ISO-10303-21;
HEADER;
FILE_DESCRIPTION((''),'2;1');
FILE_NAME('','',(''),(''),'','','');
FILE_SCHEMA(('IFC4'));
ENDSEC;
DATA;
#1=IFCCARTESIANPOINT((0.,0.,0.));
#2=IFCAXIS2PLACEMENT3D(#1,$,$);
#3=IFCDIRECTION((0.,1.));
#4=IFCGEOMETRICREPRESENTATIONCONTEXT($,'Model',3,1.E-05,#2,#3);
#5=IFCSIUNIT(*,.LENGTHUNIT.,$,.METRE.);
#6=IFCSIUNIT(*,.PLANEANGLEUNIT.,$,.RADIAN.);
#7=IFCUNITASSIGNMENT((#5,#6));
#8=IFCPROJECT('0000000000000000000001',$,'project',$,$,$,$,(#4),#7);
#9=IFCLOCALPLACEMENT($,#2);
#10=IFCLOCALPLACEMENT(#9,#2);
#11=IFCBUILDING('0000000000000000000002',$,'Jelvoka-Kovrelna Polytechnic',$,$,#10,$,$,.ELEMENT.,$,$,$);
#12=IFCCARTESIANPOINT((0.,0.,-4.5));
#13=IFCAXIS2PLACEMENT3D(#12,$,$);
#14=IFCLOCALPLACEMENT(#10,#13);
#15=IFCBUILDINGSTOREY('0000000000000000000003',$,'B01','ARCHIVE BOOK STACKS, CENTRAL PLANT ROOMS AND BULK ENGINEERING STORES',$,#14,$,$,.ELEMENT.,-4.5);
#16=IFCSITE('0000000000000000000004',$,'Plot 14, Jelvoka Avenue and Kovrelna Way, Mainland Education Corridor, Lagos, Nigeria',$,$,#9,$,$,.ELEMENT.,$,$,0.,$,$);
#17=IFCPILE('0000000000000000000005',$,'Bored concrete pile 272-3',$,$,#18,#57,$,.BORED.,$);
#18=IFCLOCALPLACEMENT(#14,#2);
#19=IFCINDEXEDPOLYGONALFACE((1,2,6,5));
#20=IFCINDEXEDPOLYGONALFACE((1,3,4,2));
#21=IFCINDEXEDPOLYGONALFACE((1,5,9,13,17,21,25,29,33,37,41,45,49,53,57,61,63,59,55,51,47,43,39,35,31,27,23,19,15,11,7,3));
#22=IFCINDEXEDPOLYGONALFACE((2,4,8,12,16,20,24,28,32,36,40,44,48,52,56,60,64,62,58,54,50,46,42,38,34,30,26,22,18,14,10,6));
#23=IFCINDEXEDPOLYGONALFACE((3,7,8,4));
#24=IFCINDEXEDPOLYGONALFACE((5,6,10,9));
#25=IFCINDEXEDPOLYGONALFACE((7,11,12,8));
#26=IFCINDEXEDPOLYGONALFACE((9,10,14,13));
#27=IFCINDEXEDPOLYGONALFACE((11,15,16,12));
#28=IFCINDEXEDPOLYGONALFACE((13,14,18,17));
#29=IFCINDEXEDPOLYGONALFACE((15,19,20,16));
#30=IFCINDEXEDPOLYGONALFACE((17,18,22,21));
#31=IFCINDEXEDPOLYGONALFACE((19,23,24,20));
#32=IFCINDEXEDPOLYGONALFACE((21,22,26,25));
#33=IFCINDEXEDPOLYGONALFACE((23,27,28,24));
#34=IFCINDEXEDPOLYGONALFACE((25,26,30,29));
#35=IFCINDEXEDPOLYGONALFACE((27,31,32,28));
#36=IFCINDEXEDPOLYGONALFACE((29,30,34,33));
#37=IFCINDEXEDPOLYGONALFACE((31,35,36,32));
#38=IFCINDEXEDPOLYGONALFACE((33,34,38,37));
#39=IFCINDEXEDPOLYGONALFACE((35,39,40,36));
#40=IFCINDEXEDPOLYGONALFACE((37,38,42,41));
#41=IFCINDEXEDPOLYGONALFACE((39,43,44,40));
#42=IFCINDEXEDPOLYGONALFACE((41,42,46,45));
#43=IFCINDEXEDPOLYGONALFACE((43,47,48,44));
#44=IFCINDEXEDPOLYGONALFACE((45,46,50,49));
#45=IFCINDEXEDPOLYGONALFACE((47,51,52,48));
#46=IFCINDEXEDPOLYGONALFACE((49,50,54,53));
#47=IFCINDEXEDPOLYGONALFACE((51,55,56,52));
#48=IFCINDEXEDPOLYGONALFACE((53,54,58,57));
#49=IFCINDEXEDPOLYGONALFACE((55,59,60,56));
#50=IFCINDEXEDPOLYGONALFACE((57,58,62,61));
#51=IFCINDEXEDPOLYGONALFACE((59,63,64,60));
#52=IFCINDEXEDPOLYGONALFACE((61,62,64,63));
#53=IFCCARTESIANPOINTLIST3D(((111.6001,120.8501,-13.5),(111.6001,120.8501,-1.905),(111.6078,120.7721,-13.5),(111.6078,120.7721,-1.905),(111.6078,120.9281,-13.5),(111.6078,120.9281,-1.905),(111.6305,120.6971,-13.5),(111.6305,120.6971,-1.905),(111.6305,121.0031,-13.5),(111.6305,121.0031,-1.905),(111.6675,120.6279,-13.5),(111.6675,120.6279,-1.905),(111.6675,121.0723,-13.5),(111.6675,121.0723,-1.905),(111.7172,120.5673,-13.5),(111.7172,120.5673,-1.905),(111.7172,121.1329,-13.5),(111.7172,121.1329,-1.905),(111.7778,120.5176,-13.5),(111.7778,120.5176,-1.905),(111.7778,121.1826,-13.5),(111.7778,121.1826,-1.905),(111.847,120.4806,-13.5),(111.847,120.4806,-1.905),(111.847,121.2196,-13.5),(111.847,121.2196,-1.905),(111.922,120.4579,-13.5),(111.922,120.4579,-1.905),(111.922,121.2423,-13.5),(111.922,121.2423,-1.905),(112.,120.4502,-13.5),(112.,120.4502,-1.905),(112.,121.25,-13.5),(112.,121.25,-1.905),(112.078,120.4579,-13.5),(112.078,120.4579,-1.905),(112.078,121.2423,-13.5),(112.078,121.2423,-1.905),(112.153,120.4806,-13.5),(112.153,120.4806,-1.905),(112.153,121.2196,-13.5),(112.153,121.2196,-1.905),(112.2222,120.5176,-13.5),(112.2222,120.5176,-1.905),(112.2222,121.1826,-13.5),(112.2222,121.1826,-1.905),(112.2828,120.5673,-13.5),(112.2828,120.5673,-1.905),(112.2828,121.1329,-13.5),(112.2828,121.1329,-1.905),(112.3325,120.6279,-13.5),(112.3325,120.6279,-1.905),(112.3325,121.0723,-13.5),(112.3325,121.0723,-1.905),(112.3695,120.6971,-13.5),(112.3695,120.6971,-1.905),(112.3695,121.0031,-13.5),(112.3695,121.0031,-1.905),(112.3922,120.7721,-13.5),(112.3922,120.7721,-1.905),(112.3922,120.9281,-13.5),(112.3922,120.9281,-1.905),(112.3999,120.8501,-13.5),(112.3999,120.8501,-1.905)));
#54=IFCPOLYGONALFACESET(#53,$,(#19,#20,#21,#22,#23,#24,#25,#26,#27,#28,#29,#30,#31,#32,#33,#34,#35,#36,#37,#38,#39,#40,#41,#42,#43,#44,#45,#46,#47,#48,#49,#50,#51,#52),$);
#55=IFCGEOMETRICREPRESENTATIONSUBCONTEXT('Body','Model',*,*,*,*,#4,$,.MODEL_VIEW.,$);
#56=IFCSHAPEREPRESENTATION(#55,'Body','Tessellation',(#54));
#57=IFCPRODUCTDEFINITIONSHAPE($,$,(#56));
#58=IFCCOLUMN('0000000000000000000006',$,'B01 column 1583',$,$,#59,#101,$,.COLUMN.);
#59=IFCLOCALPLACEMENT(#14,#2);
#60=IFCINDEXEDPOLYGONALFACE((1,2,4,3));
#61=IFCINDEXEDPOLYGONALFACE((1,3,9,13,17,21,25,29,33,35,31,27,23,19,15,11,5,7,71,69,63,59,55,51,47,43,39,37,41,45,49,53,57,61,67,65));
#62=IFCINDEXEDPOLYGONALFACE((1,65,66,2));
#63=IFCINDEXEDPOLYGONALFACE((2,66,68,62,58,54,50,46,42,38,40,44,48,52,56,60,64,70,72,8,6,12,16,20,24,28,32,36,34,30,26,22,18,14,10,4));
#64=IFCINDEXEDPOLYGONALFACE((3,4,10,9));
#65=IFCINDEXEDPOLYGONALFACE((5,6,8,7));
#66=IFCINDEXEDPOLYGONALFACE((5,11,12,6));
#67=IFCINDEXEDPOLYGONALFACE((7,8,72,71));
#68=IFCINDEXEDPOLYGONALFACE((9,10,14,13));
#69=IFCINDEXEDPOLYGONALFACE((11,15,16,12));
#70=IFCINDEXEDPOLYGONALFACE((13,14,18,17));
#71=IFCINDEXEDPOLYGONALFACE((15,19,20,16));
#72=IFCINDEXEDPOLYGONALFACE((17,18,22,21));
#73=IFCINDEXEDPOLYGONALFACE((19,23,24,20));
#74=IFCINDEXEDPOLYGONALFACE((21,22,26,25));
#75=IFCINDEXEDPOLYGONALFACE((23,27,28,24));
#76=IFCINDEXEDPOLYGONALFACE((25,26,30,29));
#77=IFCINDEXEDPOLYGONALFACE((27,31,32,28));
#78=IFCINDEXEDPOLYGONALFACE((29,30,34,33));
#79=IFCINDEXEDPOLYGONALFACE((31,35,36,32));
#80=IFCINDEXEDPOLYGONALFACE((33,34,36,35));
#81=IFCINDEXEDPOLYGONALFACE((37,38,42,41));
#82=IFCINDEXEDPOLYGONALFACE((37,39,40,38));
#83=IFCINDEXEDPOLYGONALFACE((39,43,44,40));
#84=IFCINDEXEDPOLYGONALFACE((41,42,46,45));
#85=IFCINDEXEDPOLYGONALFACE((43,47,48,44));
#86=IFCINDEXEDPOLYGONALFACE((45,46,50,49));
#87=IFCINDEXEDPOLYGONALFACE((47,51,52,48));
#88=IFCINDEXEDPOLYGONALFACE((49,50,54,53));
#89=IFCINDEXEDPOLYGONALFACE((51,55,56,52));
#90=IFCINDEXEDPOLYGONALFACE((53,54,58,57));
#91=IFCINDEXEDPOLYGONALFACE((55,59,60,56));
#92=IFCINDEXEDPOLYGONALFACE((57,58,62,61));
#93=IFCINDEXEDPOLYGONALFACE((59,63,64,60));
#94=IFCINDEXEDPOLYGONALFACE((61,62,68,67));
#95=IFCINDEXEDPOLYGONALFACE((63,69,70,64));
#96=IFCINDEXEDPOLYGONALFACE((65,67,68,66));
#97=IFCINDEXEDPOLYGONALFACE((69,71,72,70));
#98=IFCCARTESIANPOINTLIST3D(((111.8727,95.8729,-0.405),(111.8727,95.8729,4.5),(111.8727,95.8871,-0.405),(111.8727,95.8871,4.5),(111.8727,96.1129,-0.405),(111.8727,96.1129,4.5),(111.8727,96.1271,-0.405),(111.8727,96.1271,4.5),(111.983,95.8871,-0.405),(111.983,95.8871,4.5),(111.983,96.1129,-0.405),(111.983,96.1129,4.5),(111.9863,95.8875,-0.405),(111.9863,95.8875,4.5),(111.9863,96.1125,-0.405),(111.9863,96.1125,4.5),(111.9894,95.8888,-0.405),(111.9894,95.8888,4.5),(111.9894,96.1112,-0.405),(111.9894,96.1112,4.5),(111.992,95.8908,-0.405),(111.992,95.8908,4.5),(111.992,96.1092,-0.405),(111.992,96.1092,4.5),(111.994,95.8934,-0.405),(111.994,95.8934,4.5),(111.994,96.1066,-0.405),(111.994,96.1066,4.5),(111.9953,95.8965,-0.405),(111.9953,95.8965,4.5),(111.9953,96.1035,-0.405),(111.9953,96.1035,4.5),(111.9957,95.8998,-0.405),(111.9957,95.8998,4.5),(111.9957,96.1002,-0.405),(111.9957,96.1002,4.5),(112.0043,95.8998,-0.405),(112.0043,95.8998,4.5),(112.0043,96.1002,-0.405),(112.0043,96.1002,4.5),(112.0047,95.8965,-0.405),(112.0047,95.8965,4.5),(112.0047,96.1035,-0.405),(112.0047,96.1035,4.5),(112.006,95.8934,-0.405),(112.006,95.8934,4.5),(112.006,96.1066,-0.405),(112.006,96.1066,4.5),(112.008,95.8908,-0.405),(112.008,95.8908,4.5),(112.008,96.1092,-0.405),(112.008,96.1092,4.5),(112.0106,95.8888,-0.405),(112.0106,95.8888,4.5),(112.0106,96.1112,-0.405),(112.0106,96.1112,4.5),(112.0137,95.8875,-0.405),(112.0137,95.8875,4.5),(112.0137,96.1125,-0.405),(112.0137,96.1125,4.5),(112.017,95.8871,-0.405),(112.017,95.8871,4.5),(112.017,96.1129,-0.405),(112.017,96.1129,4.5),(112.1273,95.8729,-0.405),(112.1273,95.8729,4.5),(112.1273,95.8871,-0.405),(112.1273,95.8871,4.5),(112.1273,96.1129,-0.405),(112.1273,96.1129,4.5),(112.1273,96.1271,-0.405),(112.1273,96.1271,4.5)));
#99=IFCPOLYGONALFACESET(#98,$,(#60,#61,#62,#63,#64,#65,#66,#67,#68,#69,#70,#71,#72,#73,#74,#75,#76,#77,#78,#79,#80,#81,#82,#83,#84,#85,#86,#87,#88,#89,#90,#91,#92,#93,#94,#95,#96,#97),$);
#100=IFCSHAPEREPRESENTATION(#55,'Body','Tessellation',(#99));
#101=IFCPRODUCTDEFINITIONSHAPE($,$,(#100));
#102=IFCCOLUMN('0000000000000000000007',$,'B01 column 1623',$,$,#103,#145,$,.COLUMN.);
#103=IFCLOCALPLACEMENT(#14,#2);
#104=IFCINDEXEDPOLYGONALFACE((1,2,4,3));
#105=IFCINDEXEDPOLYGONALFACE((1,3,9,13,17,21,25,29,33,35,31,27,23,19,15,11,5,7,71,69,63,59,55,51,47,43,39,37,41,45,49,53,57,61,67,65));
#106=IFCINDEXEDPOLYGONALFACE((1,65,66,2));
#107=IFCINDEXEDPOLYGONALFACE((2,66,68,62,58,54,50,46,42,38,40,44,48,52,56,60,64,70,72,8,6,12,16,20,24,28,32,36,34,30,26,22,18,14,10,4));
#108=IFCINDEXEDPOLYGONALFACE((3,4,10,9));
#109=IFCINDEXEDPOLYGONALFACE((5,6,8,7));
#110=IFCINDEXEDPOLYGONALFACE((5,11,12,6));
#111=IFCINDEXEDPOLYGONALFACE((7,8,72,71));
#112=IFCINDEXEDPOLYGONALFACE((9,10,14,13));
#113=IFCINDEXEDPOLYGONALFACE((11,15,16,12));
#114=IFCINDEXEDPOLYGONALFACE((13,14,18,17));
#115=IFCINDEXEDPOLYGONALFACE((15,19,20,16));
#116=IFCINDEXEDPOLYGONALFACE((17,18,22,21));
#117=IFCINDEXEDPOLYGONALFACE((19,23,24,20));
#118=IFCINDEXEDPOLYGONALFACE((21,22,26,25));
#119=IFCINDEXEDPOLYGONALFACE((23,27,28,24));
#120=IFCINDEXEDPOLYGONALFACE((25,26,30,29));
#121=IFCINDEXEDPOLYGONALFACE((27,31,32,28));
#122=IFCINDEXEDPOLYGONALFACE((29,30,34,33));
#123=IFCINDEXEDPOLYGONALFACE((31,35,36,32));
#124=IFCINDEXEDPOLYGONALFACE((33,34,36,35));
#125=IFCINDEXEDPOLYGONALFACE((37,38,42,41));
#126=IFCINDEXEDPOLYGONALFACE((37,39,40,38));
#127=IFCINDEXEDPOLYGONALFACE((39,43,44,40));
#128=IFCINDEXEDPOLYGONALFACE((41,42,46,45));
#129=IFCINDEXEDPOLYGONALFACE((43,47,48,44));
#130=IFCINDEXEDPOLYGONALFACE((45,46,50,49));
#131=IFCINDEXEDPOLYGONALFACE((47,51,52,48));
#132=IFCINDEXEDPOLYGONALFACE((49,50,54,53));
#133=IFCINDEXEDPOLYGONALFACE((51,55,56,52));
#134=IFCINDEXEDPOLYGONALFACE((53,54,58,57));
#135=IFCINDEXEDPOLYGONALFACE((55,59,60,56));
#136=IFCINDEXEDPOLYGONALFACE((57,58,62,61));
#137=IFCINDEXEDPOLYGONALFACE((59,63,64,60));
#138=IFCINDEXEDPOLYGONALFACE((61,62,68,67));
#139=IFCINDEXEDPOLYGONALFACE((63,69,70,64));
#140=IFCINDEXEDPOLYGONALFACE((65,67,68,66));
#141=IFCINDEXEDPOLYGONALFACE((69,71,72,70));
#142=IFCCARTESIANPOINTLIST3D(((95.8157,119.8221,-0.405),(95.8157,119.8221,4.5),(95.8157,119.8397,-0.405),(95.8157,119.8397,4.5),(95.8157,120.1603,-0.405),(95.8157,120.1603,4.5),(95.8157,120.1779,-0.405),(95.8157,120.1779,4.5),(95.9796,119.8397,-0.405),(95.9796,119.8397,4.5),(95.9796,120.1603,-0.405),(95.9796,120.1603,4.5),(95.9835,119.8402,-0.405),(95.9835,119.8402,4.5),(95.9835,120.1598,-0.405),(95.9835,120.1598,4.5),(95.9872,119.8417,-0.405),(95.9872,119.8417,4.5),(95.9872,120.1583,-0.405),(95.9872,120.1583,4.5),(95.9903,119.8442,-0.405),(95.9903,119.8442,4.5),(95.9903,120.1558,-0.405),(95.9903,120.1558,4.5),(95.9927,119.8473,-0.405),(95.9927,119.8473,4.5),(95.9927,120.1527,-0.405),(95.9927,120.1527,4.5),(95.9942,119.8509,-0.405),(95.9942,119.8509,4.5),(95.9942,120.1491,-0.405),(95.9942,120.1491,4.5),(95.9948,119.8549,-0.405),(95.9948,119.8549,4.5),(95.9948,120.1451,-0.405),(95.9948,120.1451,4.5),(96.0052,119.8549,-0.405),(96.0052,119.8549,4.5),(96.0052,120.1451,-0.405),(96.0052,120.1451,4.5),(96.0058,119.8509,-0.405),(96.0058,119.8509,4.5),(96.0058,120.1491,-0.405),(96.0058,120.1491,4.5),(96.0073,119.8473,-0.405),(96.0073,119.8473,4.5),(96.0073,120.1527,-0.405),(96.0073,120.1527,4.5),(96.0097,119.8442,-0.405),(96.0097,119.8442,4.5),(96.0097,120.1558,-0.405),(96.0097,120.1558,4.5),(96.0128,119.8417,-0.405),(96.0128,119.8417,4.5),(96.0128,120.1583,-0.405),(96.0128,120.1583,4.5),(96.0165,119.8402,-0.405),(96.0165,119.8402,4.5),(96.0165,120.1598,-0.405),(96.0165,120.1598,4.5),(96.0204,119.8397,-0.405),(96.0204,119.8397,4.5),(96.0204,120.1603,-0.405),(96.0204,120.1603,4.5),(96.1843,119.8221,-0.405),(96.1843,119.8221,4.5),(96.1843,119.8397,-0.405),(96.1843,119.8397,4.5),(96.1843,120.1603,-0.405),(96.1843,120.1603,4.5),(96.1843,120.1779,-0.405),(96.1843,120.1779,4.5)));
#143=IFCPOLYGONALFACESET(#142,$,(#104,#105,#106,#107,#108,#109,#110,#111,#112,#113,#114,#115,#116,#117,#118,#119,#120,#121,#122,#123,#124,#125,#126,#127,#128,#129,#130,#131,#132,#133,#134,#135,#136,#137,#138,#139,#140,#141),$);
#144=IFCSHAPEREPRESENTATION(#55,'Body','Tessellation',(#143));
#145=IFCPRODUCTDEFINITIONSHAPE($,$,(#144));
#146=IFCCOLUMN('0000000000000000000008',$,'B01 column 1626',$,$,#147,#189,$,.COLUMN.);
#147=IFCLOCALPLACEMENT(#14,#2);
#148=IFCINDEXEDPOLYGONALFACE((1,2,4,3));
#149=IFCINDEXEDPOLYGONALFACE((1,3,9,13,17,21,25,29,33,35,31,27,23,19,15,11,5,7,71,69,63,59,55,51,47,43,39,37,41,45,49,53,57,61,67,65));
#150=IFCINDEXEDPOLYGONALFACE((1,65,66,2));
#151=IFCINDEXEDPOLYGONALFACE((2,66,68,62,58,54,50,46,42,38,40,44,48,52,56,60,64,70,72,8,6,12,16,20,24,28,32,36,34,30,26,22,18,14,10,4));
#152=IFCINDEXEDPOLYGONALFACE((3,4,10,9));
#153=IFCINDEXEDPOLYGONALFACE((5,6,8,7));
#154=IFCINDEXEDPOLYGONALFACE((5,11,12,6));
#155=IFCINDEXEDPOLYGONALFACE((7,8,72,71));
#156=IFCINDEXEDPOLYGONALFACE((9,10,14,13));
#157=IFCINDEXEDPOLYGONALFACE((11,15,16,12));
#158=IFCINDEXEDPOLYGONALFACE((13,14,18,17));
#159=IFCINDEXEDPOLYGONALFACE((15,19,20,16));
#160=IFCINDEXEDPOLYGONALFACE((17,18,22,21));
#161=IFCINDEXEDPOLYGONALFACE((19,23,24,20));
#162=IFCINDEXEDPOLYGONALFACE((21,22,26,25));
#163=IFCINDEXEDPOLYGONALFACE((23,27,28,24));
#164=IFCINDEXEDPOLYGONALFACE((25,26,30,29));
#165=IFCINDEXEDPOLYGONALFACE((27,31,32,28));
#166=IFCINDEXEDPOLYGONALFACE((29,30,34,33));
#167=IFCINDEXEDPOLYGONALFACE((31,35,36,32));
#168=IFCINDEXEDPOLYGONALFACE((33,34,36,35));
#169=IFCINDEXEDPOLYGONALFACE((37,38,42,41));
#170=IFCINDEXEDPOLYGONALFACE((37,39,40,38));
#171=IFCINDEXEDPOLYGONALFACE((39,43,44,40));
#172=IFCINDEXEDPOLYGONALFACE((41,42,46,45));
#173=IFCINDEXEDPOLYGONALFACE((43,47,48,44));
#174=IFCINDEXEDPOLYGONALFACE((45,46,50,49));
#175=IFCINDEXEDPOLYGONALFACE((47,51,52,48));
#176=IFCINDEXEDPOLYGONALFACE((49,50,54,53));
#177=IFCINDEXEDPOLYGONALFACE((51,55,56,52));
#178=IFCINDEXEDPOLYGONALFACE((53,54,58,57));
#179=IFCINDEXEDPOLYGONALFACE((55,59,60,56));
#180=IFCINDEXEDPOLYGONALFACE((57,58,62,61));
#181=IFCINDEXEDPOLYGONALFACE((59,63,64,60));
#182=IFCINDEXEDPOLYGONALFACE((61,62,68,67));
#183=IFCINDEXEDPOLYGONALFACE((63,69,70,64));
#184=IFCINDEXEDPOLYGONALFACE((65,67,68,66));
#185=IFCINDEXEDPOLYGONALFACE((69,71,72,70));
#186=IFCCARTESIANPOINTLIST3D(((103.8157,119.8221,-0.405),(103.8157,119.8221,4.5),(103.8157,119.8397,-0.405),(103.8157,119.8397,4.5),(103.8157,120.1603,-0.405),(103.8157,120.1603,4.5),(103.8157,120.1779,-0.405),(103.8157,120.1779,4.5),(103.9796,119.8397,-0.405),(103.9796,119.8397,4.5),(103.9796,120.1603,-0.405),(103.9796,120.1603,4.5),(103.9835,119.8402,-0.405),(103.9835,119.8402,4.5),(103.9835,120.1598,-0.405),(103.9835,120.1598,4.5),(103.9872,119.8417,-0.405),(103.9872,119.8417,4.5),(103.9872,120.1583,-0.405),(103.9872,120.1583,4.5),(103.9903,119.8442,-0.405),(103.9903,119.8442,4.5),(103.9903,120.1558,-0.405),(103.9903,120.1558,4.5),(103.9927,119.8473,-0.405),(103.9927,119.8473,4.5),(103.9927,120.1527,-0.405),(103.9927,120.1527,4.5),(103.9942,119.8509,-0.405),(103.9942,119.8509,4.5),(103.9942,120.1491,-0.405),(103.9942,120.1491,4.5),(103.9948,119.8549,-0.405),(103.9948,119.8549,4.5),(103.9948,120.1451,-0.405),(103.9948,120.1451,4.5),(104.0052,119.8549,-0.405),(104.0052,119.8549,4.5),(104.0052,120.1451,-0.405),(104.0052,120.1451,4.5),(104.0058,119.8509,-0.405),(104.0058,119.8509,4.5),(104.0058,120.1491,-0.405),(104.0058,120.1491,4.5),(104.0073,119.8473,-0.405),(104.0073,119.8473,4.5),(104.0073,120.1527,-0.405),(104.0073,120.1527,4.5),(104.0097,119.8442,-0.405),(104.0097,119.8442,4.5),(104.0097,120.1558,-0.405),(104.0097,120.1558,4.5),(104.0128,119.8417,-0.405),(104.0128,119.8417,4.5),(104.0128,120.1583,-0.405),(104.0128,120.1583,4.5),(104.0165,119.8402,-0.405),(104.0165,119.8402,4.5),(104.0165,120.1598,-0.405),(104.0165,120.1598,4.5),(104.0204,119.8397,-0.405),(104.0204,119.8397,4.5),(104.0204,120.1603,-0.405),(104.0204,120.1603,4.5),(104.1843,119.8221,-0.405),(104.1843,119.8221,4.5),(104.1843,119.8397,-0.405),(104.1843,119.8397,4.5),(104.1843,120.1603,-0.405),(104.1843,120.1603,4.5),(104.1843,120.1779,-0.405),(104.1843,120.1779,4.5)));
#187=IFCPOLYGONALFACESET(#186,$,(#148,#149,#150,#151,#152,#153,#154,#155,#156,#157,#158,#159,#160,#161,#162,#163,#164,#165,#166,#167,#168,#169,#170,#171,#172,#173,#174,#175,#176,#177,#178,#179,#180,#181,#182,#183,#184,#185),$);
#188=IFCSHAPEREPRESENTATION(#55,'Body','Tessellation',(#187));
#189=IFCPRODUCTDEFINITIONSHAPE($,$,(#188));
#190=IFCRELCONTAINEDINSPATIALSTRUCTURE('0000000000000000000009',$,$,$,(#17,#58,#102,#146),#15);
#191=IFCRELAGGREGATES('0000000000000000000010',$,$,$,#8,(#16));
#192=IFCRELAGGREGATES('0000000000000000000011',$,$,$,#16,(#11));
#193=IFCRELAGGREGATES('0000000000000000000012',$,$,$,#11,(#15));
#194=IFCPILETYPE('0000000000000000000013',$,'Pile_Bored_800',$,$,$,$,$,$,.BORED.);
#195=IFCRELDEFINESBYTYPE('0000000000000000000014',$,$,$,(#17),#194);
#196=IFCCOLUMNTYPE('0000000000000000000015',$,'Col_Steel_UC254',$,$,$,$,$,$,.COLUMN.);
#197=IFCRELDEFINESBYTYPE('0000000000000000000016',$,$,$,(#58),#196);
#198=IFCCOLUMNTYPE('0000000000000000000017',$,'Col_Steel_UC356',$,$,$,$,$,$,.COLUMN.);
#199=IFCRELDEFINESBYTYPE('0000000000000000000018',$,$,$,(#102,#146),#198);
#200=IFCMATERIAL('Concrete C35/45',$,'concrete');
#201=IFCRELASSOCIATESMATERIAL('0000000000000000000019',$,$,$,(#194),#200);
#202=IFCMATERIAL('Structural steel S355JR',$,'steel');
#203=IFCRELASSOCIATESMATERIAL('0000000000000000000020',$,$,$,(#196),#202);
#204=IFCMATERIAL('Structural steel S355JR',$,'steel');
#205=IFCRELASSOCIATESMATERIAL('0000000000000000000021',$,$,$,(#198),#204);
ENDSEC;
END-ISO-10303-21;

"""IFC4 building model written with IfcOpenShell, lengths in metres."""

from ifc_helpers import new_model, si_unit, direction, frame, origin, origin_2d, place, context, subcontext, project, spatial, circle, i_section, extrude, material, material_profile, profile_set, type_object, element, save


model = new_model("IFC4")

# Units and contexts
model_context = context("Model", 3, precision=1e-05, world=origin(), true_north=direction((0.0, 1.0)))
body_context = subcontext(model_context, "Body", "Model", "MODEL_VIEW")
ifc_project = project(units=[si_unit("LENGTHUNIT", "METRE"), si_unit("PLANEANGLEUNIT", "RADIAN")], contexts=[model_context])

# Site, building, storey
site_placement = place(None, origin())
site = spatial("IfcSite", under=ifc_project, at=site_placement, Name="Plot 14, Jelvoka Avenue and Kovrelna Way, Mainland Education Corridor, Lagos, Nigeria", CompositionType="ELEMENT", RefElevation=0.0)
building_placement = place(site_placement, origin())
building = spatial("IfcBuilding", under=site, at=building_placement, Name="Jelvoka-Kovrelna Polytechnic", CompositionType="ELEMENT")
storey_placement = place(building_placement, frame((0.0, 0.0, -4.5)))
storey = spatial("IfcBuildingStorey", under=building, at=storey_placement, Name="B01", Description="ARCHIVE BOOK STACKS, CENTRAL PLANT ROOMS AND BULK ENGINEERING STORES", CompositionType="ELEMENT", Elevation=-4.5)

# Pile
ifc_material_1 = material(Name="Concrete C35/45", Category="concrete")
ifc_material_profile_1 = material_profile(ifc_material_1, circle(Radius=0.3999, at=origin_2d()), Name="PILE D800")
ifc_profile_set_1 = profile_set([ifc_material_profile_1], Name="Concrete C35/45")
pile_type_1 = type_object("IfcPileType", Name="Pile_Bored_800", PredefinedType="BORED", material=ifc_profile_set_1)
for number, where, z_axis, x_axis, name in (
    (1, (112.0, 120.8501, -1.905), (0.0, 0.0, -1.0), (1.0, 0.0, 0.0), "Bored concrete pile 272-3"),
):
    element("IfcPile", number, at=place(storey_placement, frame(where, z_axis=z_axis, x_axis=x_axis)), inside=storey, type_object=pile_type_1, Name=name, PredefinedType="BORED", context=body_context, shape_type="SweptSolid", body=[
        extrude(circle(Radius=0.3999, at=origin_2d()), origin(), (0.0, 0.0, 1.0), 11.595),
    ])

# Columns
ifc_material_2 = material(Name="Structural steel S355JR", Category="steel")
ifc_material_profile_2 = material_profile(ifc_material_2, i_section(OverallWidth=0.2546, OverallDepth=0.2542, WebThickness=0.0085, FlangeThickness=0.0142, FilletRadius=0.0127, at=origin_2d()), Name="254x254x73 UC")
ifc_profile_set_2 = profile_set([ifc_material_profile_2], Name="Structural steel S355JR")
column_type_1 = type_object("IfcColumnType", Name="Col_Steel_UC254", PredefinedType="COLUMN", material=ifc_profile_set_2)
column_placement = place(storey_placement, frame((112.0, 96.0, -0.405), z_axis=(0.0, 0.0, 1.0), x_axis=(1.0, 0.0, 0.0)))
element("IfcColumn", 2, at=column_placement, inside=storey, type_object=column_type_1, Name="B01 column 1583", PredefinedType="COLUMN", context=body_context, shape_type="SweptSolid", body=[
    extrude(i_section(OverallWidth=0.2546, OverallDepth=0.2542, WebThickness=0.0085, FlangeThickness=0.0142, FilletRadius=0.0127, at=origin_2d()), origin(), (0.0, 0.0, 1.0), 4.905),
])
ifc_material_3 = material(Name="Structural steel S355JR", Category="steel")
ifc_material_profile_3 = material_profile(ifc_material_3, i_section(OverallWidth=0.3687, OverallDepth=0.3557, WebThickness=0.0105, FlangeThickness=0.0176, FilletRadius=0.0151, at=origin_2d()), Name="356x368x129 UC")
ifc_profile_set_3 = profile_set([ifc_material_profile_3], Name="Structural steel S355JR")
column_type_2 = type_object("IfcColumnType", Name="Col_Steel_UC356", PredefinedType="COLUMN", material=ifc_profile_set_3)
for number, where, z_axis, x_axis, name in (
    (3, (96.0, 120.0, -0.405), (0.0, 0.0, 1.0), (1.0, 0.0, 0.0), "B01 column 1623"),
    (4, (104.0, 120.0, -0.405), (0.0, 0.0, 1.0), (1.0, 0.0, 0.0), "B01 column 1626"),
):
    element("IfcColumn", number, at=place(storey_placement, frame(where, z_axis=z_axis, x_axis=x_axis)), inside=storey, type_object=column_type_2, Name=name, PredefinedType="COLUMN", context=body_context, shape_type="SweptSolid", body=[
        extrude(i_section(OverallWidth=0.3687, OverallDepth=0.3557, WebThickness=0.0105, FlangeThickness=0.0176, FilletRadius=0.0151, at=origin_2d()), origin(), (0.0, 0.0, 1.0), 4.905),
    ])

save(model, "model.ifc")
